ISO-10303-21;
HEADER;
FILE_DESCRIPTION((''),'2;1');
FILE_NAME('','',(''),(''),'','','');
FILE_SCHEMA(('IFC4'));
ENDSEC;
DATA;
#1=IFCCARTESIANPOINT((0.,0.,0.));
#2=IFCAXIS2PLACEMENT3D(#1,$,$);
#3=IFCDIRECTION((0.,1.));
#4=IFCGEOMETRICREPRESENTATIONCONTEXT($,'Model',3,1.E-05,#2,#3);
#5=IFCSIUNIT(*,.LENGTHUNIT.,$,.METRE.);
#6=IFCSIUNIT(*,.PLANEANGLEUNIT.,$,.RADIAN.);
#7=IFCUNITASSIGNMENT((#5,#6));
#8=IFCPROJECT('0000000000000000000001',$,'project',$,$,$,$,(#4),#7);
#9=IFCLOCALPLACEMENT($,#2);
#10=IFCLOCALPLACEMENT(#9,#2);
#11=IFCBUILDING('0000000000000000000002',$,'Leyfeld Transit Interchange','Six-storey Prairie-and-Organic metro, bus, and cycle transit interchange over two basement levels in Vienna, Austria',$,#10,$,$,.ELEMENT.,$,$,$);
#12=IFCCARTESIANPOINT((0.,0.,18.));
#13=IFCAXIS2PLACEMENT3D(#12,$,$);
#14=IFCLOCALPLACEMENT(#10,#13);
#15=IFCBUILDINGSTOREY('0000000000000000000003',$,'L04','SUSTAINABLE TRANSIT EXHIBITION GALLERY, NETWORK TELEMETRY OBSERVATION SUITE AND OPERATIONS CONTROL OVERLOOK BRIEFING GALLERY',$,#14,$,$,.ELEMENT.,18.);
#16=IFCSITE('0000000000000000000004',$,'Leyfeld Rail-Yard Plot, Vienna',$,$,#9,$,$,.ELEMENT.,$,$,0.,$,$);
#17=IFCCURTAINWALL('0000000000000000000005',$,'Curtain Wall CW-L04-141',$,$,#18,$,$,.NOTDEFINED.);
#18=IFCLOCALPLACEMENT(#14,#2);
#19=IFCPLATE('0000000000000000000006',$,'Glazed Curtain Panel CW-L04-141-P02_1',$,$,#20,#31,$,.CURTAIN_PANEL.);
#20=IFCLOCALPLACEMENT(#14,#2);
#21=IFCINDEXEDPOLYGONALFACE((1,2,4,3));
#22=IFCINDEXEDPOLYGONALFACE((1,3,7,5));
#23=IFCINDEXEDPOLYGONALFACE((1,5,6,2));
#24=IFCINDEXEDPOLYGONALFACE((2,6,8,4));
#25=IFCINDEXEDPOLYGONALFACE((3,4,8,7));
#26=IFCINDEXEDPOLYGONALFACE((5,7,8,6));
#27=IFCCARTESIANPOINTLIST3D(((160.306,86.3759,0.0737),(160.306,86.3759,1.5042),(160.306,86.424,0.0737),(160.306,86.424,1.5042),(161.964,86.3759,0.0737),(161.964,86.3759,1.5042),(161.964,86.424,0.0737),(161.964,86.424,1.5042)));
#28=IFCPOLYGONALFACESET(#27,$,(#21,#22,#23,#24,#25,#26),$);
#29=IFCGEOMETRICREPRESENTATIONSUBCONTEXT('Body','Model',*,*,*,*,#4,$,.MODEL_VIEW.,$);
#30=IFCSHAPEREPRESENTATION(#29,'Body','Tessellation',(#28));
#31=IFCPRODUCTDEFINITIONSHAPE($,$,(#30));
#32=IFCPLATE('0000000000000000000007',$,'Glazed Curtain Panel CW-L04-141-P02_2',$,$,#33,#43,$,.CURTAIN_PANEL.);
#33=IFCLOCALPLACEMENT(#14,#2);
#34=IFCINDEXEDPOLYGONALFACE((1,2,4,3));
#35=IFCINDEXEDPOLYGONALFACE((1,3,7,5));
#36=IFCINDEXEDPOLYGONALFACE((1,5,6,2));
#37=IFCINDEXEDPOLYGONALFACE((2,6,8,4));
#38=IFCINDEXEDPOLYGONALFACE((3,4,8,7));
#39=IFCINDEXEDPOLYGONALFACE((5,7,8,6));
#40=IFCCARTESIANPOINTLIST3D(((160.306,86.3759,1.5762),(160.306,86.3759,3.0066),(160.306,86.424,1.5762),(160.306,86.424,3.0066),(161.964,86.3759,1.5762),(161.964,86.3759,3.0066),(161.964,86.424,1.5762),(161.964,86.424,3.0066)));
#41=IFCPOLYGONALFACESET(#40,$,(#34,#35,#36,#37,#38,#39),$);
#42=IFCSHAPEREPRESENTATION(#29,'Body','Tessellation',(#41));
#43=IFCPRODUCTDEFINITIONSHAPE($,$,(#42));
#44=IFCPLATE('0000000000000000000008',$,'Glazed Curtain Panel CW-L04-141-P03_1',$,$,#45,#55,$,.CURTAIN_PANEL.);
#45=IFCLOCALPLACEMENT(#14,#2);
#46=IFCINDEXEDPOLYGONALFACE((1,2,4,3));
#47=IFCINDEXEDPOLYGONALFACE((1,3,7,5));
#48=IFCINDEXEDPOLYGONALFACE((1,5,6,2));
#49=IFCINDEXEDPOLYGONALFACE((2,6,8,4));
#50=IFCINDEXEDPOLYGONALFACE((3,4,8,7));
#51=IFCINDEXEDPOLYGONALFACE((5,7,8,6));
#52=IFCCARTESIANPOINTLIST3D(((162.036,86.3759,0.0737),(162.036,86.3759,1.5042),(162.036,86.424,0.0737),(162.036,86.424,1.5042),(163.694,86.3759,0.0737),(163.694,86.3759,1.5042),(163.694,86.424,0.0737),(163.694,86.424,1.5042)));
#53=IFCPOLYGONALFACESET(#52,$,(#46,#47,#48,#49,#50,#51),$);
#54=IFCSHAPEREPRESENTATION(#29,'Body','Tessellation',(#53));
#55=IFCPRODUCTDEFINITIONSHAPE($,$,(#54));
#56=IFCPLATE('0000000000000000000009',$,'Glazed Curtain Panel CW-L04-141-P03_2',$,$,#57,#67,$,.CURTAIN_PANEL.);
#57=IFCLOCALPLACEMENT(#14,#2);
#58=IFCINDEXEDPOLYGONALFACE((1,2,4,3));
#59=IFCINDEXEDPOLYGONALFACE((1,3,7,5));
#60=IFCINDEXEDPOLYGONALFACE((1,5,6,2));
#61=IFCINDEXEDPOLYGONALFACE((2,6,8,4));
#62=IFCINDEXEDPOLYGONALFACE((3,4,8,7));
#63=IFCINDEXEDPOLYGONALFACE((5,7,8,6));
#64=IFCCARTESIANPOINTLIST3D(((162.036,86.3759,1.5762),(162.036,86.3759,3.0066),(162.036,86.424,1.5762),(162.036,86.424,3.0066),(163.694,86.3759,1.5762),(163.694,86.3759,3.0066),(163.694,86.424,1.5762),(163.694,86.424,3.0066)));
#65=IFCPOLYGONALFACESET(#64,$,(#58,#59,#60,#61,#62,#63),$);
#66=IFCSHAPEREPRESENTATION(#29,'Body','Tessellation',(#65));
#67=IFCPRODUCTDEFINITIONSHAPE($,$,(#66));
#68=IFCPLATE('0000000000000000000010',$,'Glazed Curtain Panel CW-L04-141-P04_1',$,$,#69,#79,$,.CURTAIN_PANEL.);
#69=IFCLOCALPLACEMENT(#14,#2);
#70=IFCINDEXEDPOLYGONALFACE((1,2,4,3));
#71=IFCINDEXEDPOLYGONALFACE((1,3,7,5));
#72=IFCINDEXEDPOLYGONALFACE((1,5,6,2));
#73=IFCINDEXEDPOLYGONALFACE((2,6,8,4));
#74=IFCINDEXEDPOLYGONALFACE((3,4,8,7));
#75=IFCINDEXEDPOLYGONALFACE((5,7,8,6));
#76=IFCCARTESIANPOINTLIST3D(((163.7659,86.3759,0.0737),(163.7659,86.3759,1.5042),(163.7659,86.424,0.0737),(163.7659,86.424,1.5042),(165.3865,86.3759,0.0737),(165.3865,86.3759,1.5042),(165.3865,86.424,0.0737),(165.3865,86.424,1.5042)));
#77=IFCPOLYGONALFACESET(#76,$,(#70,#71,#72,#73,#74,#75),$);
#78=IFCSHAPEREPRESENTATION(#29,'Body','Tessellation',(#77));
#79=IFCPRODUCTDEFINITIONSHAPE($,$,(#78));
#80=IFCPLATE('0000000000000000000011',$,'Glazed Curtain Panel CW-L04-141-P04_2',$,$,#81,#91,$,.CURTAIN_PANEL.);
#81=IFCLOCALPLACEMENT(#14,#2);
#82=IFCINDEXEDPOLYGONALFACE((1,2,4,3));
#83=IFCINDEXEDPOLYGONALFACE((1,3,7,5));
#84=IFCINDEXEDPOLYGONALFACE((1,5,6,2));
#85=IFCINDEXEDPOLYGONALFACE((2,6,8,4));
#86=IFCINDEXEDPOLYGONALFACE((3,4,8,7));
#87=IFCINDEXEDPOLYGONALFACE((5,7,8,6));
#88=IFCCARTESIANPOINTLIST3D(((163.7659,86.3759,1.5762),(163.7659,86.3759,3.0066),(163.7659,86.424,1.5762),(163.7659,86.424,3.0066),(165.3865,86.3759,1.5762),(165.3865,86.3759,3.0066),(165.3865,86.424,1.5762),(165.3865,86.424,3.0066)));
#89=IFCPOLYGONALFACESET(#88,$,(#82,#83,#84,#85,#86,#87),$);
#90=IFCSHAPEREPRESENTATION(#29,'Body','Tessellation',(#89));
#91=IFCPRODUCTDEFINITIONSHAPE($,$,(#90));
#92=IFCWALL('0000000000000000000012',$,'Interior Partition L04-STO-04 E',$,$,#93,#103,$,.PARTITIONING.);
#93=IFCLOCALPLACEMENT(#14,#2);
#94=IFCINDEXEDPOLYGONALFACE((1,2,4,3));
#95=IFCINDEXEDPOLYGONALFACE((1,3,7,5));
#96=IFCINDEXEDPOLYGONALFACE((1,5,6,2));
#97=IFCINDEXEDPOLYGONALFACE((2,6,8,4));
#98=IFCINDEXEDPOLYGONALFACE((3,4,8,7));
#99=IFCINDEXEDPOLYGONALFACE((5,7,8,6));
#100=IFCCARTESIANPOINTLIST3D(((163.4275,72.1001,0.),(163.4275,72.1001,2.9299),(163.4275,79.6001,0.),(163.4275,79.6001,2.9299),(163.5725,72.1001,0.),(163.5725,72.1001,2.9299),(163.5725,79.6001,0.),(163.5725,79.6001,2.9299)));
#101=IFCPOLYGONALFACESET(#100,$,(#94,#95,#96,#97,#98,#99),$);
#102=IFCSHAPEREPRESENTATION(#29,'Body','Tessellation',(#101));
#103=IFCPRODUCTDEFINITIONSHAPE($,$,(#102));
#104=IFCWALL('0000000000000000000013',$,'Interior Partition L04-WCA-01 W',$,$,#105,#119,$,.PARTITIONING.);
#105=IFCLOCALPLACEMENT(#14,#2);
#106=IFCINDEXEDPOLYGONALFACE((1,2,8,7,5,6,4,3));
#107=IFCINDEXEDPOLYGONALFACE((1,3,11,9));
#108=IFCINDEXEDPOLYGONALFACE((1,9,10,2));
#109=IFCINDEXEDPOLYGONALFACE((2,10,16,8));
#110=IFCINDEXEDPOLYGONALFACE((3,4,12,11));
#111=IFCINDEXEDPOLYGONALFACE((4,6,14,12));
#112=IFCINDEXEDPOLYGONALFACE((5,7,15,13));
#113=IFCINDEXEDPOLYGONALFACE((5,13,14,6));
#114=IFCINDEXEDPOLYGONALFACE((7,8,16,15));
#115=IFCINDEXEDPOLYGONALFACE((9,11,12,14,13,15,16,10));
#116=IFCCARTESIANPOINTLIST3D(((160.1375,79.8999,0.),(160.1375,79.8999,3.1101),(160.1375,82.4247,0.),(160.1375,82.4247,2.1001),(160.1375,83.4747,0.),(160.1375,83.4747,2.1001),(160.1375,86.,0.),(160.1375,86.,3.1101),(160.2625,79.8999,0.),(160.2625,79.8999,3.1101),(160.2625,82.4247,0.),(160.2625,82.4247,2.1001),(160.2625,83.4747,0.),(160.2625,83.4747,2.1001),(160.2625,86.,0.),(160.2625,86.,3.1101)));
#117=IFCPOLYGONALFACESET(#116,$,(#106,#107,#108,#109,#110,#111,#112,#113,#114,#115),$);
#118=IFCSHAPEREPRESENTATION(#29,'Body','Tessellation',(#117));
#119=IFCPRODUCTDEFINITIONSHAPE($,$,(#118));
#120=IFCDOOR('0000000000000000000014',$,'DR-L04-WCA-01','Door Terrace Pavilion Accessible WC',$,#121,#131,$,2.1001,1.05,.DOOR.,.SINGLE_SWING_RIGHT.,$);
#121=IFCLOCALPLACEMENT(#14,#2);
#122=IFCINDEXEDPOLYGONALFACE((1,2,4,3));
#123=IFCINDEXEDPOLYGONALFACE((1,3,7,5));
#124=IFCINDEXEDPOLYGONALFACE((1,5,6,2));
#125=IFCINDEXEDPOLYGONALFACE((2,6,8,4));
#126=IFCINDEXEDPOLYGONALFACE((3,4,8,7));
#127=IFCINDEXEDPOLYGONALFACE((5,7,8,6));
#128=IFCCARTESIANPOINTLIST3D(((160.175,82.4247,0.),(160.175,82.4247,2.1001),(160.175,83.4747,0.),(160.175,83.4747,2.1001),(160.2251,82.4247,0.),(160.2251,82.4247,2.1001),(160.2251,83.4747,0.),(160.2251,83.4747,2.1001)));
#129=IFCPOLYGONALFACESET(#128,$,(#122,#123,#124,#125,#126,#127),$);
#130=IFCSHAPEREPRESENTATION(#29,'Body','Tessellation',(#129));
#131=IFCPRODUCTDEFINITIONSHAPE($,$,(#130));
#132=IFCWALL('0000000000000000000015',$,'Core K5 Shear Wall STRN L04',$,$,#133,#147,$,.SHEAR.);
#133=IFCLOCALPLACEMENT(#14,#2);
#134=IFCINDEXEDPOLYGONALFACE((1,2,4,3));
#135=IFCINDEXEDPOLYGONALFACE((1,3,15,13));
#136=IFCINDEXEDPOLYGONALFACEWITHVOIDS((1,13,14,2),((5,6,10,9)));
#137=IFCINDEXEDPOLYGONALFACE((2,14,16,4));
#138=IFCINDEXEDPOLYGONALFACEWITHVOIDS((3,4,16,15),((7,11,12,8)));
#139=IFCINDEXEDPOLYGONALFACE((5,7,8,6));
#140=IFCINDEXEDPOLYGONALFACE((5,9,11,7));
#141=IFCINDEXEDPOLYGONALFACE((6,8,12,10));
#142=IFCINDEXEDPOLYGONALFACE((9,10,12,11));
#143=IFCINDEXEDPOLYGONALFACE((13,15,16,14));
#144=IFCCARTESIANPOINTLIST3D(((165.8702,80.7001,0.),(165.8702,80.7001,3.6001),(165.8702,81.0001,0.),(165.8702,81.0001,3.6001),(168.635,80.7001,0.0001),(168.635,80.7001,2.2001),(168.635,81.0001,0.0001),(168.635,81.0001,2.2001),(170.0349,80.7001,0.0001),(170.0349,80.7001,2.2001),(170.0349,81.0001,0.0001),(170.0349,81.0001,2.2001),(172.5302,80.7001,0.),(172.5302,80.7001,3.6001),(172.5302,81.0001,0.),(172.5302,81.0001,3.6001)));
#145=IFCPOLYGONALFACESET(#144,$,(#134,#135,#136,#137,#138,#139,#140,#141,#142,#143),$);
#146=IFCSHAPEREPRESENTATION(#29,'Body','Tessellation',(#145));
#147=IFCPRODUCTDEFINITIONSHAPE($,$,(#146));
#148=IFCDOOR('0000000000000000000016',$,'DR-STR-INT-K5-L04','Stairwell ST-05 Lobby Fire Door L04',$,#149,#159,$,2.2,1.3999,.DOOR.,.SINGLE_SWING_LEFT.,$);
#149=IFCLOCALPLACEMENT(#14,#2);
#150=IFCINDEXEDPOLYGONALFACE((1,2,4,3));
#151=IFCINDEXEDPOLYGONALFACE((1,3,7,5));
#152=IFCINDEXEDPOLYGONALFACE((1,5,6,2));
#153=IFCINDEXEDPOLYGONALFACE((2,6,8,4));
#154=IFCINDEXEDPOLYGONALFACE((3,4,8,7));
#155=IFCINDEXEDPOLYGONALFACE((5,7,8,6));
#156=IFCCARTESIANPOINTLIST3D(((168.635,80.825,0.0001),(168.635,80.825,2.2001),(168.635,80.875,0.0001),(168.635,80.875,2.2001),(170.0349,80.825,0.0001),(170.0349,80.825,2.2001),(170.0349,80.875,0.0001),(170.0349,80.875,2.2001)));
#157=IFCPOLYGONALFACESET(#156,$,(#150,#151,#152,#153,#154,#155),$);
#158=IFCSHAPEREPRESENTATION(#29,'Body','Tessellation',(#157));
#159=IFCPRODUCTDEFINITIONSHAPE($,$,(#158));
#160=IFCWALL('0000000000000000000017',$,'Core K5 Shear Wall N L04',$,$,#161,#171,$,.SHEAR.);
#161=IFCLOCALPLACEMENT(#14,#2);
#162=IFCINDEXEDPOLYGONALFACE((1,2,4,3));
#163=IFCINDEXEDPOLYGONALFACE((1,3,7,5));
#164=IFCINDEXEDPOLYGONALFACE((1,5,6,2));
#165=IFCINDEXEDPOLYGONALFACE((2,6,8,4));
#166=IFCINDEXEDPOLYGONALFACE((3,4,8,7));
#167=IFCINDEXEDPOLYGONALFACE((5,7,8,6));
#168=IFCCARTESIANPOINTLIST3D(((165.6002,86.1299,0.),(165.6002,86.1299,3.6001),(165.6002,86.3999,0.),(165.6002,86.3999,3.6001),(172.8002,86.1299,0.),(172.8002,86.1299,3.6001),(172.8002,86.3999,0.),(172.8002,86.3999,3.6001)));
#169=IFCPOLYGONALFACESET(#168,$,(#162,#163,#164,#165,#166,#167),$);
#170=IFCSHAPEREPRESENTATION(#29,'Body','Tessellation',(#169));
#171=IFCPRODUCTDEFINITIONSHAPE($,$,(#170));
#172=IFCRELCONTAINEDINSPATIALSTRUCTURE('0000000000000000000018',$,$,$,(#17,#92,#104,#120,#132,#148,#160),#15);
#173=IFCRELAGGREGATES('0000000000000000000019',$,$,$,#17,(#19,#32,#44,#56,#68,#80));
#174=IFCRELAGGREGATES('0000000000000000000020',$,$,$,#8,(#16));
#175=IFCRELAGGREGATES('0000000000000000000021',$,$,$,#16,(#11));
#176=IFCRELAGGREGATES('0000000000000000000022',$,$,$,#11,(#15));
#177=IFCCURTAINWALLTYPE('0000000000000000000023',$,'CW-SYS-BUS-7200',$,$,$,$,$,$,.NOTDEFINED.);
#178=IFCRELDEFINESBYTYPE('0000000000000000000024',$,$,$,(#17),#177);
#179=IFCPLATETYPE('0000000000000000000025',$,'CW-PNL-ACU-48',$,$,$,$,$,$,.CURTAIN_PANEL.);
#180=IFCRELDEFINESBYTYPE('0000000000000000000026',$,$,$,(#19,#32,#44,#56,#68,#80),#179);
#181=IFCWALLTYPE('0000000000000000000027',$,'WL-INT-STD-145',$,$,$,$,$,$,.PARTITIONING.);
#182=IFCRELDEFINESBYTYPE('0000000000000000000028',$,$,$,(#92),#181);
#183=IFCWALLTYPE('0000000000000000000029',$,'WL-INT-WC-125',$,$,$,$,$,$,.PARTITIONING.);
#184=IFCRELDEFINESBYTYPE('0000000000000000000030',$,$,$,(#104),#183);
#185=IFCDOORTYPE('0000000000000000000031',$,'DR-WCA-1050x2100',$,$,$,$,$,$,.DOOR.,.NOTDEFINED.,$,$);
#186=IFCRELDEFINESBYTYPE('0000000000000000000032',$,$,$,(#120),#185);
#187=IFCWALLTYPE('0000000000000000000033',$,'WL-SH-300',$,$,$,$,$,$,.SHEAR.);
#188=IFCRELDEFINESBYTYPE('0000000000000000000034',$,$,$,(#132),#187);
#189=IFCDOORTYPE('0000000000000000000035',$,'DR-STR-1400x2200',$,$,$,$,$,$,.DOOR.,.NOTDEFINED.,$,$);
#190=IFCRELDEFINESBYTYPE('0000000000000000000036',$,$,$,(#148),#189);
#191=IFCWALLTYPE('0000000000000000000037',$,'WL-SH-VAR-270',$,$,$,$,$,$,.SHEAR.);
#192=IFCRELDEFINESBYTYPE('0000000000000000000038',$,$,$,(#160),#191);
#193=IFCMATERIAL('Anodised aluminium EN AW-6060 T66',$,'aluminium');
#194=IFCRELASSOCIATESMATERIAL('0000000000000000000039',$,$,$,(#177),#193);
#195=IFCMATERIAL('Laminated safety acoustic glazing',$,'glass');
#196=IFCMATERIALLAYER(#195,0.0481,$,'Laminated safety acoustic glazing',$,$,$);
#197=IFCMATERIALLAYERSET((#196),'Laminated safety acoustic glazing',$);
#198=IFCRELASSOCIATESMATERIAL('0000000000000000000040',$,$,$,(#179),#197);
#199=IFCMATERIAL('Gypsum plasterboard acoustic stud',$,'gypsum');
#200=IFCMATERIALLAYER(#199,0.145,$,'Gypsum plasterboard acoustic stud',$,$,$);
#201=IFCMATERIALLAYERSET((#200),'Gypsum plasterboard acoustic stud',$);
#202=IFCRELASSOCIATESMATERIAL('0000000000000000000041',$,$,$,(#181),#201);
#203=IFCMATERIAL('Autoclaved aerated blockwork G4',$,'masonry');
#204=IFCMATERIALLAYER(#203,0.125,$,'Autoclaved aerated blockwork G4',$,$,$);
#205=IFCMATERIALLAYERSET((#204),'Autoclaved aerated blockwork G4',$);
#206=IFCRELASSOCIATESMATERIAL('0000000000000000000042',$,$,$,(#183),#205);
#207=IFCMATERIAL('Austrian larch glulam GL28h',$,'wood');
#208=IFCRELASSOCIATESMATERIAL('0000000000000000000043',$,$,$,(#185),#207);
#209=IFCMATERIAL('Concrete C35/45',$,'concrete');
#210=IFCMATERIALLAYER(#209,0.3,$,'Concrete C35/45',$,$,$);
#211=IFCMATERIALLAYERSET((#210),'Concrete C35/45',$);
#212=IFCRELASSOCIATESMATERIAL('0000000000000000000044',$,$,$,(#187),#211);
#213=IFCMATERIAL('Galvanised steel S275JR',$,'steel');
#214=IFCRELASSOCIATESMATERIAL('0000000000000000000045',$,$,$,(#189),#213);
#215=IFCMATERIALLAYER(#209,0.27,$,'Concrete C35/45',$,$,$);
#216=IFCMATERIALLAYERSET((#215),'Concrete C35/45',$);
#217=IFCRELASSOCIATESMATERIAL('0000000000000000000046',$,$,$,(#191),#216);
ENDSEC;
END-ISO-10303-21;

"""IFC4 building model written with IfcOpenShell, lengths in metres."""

from ifc_helpers import new_model, si_unit, direction, frame, frame_2d, origin, origin_2d, place, context, subcontext, project, spatial, rectangle, extrude, material, layer, layer_set, type_object, element, fill, aggregate, save


model = new_model("IFC4")

# Units and contexts
model_context = context("Model", 3, precision=1e-05, world=origin(), true_north=direction((0.0, 1.0)))
body_context = subcontext(model_context, "Body", "Model", "MODEL_VIEW")
ifc_project = project(units=[si_unit("LENGTHUNIT", "METRE"), si_unit("PLANEANGLEUNIT", "RADIAN")], contexts=[model_context])

# Site, building, storey
site_placement = place(None, origin())
site = spatial("IfcSite", under=ifc_project, at=site_placement, Name="Leyfeld Rail-Yard Plot, Vienna", CompositionType="ELEMENT", RefElevation=0.0)
building_placement = place(site_placement, origin())
building = spatial("IfcBuilding", under=site, at=building_placement, Name="Leyfeld Transit Interchange", Description="Six-storey Prairie-and-Organic metro, bus, and cycle transit interchange over two basement levels in Vienna, Austria", CompositionType="ELEMENT")
storey_placement = place(building_placement, frame((0.0, 0.0, 18.0)))
storey = spatial("IfcBuildingStorey", under=building, at=storey_placement, Name="L04", Description="SUSTAINABLE TRANSIT EXHIBITION GALLERY, NETWORK TELEMETRY OBSERVATION SUITE AND OPERATIONS CONTROL OVERLOOK BRIEFING GALLERY", CompositionType="ELEMENT", Elevation=18.0)

# Shared definitions
ifc_material_1 = material(Name="Concrete C35/45", Category="concrete")

# Curtain wall, plates
ifc_material_2 = material(Name="Anodised aluminium EN AW-6060 T66", Category="aluminium")
curtain_wall_type = type_object("IfcCurtainWallType", Name="CW-SYS-BUS-7200", PredefinedType="NOTDEFINED", material=ifc_material_2)
curtain_wall_placement = place(storey_placement, origin())
curtain_wall = element("IfcCurtainWall", 1, at=curtain_wall_placement, inside=storey, type_object=curtain_wall_type, Name="Curtain Wall CW-L04-141", PredefinedType="NOTDEFINED")
ifc_material_3 = material(Name="Laminated safety acoustic glazing", Category="glass")
ifc_layer_1 = layer(ifc_material_3, 0.0481, Name="Laminated safety acoustic glazing")
ifc_layer_set_1 = layer_set([ifc_layer_1], Name="Laminated safety acoustic glazing")
plate_type = type_object("IfcPlateType", Name="CW-PNL-ACU-48", PredefinedType="CURTAIN_PANEL", material=ifc_layer_set_1)
plate_1_placement = place(storey_placement, frame((161.135, 86.3999, 0.0737), z_axis=(0.0, 0.0, 1.0), x_axis=(1.0, 0.0, 0.0)))
plate_1 = element("IfcPlate", 2, at=plate_1_placement, type_object=plate_type, Name="Glazed Curtain Panel CW-L04-141-P02_1", PredefinedType="CURTAIN_PANEL", context=body_context, shape_type="SweptSolid", body=[
    extrude(rectangle(XDim=1.658, YDim=0.0481, at=origin_2d()), origin(), (0.0, 0.0, 1.0), 1.4304),
])
plate_2_placement = place(storey_placement, frame((161.135, 86.3999, 1.5762), z_axis=(0.0, 0.0, 1.0), x_axis=(1.0, 0.0, 0.0)))
plate_2 = element("IfcPlate", 3, at=plate_2_placement, type_object=plate_type, Name="Glazed Curtain Panel CW-L04-141-P02_2", PredefinedType="CURTAIN_PANEL", context=body_context, shape_type="SweptSolid", body=[
    extrude(rectangle(XDim=1.658, YDim=0.0481, at=origin_2d()), origin(), (0.0, 0.0, 1.0), 1.4304),
])
plate_3_placement = place(storey_placement, frame((162.865, 86.3999, 0.0737), z_axis=(0.0, 0.0, 1.0), x_axis=(1.0, 0.0, 0.0)))
plate_3 = element("IfcPlate", 4, at=plate_3_placement, type_object=plate_type, Name="Glazed Curtain Panel CW-L04-141-P03_1", PredefinedType="CURTAIN_PANEL", context=body_context, shape_type="SweptSolid", body=[
    extrude(rectangle(XDim=1.658, YDim=0.0481, at=origin_2d()), origin(), (0.0, 0.0, 1.0), 1.4304),
])
plate_4_placement = place(storey_placement, frame((162.865, 86.3999, 1.5762), z_axis=(0.0, 0.0, 1.0), x_axis=(1.0, 0.0, 0.0)))
plate_4 = element("IfcPlate", 5, at=plate_4_placement, type_object=plate_type, Name="Glazed Curtain Panel CW-L04-141-P03_2", PredefinedType="CURTAIN_PANEL", context=body_context, shape_type="SweptSolid", body=[
    extrude(rectangle(XDim=1.658, YDim=0.0481, at=origin_2d()), origin(), (0.0, 0.0, 1.0), 1.4304),
])
plate_5_placement = place(storey_placement, frame((164.5762, 86.3999, 0.0737), z_axis=(0.0, 0.0, 1.0), x_axis=(1.0, 0.0, 0.0)))
plate_5 = element("IfcPlate", 6, at=plate_5_placement, type_object=plate_type, Name="Glazed Curtain Panel CW-L04-141-P04_1", PredefinedType="CURTAIN_PANEL", context=body_context, shape_type="SweptSolid", body=[
    extrude(rectangle(XDim=1.6206, YDim=0.0481, at=origin_2d()), origin(), (0.0, 0.0, 1.0), 1.4304),
])
plate_6_placement = place(storey_placement, frame((164.5762, 86.3999, 1.5762), z_axis=(0.0, 0.0, 1.0), x_axis=(1.0, 0.0, 0.0)))
plate_6 = element("IfcPlate", 7, at=plate_6_placement, type_object=plate_type, Name="Glazed Curtain Panel CW-L04-141-P04_2", PredefinedType="CURTAIN_PANEL", context=body_context, shape_type="SweptSolid", body=[
    extrude(rectangle(XDim=1.6206, YDim=0.0481, at=origin_2d()), origin(), (0.0, 0.0, 1.0), 1.4304),
])
aggregate(curtain_wall, [plate_1, plate_2, plate_3, plate_4, plate_5, plate_6])

# Wall
ifc_material_4 = material(Name="Gypsum plasterboard acoustic stud", Category="gypsum")
ifc_layer_2 = layer(ifc_material_4, 0.145, Name="Gypsum plasterboard acoustic stud")
ifc_layer_set_2 = layer_set([ifc_layer_2], Name="Gypsum plasterboard acoustic stud")
wall_type_1 = type_object("IfcWallType", Name="WL-INT-STD-145", PredefinedType="PARTITIONING", material=ifc_layer_set_2)
wall_1_placement = place(storey_placement, frame((163.5, 79.6001, 0.0), z_axis=(0.0, 0.0, 1.0), x_axis=(0.0, -1.0, 0.0)))
element("IfcWall", 8, at=wall_1_placement, inside=storey, type_object=wall_type_1, Name="Interior Partition L04-STO-04 E", PredefinedType="PARTITIONING", context=body_context, shape_type="SweptSolid", body=[
    extrude(rectangle(XDim=7.5, YDim=0.145, at=frame_2d((3.75, 0.0))), origin(), (0.0, 0.0, 1.0), 2.9299),
])

# Walls, openings, doors
ifc_material_5 = material(Name="Autoclaved aerated blockwork G4", Category="masonry")
ifc_layer_3 = layer(ifc_material_5, 0.125, Name="Autoclaved aerated blockwork G4")
ifc_layer_set_3 = layer_set([ifc_layer_3], Name="Autoclaved aerated blockwork G4")
wall_type_2 = type_object("IfcWallType", Name="WL-INT-WC-125", PredefinedType="PARTITIONING", material=ifc_layer_set_3)
wall_2_placement = place(storey_placement, frame((160.2, 79.8999, 0.0), z_axis=(0.0, 0.0, 1.0), x_axis=(0.0, 1.0, 0.0)))
wall_2 = element("IfcWall", 9, at=wall_2_placement, inside=storey, type_object=wall_type_2, Name="Interior Partition L04-WCA-01 W", PredefinedType="PARTITIONING", context=body_context, shape_type="SweptSolid", body=[
    extrude(rectangle(XDim=6.1001, YDim=0.125, at=frame_2d((3.05, 0.0))), origin(), (0.0, 0.0, 1.0), 3.1101),
])
opening_1_placement = place(wall_2_placement, frame((2.5249, 0.0, 0.0)))
opening_1 = element("IfcOpeningElement", 10, at=opening_1_placement, cuts=wall_2, PredefinedType="OPENING", context=body_context, shape_type="SweptSolid", body=[
    extrude(rectangle(XDim=1.05, YDim=2.1001, at=frame_2d((0.5249, 1.05))), frame((0.0, 0.0725, 0.0), z_axis=(0.0, -1.0, 0.0), x_axis=(1.0, 0.0, 0.0)), (0.0, 0.0, 1.0), 0.145),
])
ifc_material_6 = material(Name="Austrian larch glulam GL28h", Category="wood")
door_type_1 = type_object("IfcDoorType", Name="DR-WCA-1050x2100", OperationType="NOTDEFINED", PredefinedType="DOOR", material=ifc_material_6)
door_1_placement = place(opening_1_placement, origin())
door_1 = element("IfcDoor", 11, at=door_1_placement, inside=storey, type_object=door_type_1, Name="DR-L04-WCA-01", Description="Door Terrace Pavilion Accessible WC", OperationType="SINGLE_SWING_RIGHT", OverallHeight=2.1001, OverallWidth=1.05, PredefinedType="DOOR", context=body_context, shape_type="SweptSolid", body=[
    extrude(rectangle(XDim=1.05, YDim=2.1001, at=frame_2d((0.5249, 1.05))), frame((0.0, 0.0249, 0.0), z_axis=(0.0, -1.0, 0.0), x_axis=(1.0, 0.0, 0.0)), (0.0, 0.0, 1.0), 0.05),
])
fill(opening_1, door_1)
ifc_layer_4 = layer(ifc_material_1, 0.3, Name="Concrete C35/45")
ifc_layer_set_4 = layer_set([ifc_layer_4], Name="Concrete C35/45")
wall_type_3 = type_object("IfcWallType", Name="WL-SH-300", PredefinedType="SHEAR", material=ifc_layer_set_4)
wall_3_placement = place(storey_placement, frame((165.8701, 80.8501, 0.0), z_axis=(0.0, 0.0, 1.0), x_axis=(1.0, 0.0, 0.0)))
wall_3 = element("IfcWall", 12, at=wall_3_placement, inside=storey, type_object=wall_type_3, Name="Core K5 Shear Wall STRN L04", PredefinedType="SHEAR", context=body_context, shape_type="SweptSolid", body=[
    extrude(rectangle(XDim=6.6599, YDim=0.3, at=frame_2d((3.3301, 0.0))), origin(), (0.0, 0.0, 1.0), 3.6001),
])
opening_2_placement = place(wall_3_placement, frame((2.7649, 0.0, 0.0)))
opening_2 = element("IfcOpeningElement", 13, at=opening_2_placement, cuts=wall_3, PredefinedType="OPENING", context=body_context, shape_type="SweptSolid", body=[
    extrude(rectangle(XDim=1.3999, YDim=2.2, at=frame_2d((0.7, 1.1001))), frame((0.0, 0.1599, 0.0), z_axis=(0.0, -1.0, 0.0), x_axis=(1.0, 0.0, 0.0)), (0.0, 0.0, 1.0), 0.3201),
])
ifc_material_7 = material(Name="Galvanised steel S275JR", Category="steel")
door_type_2 = type_object("IfcDoorType", Name="DR-STR-1400x2200", OperationType="NOTDEFINED", PredefinedType="DOOR", material=ifc_material_7)
door_2_placement = place(opening_2_placement, origin())
door_2 = element("IfcDoor", 14, at=door_2_placement, inside=storey, type_object=door_type_2, Name="DR-STR-INT-K5-L04", Description="Stairwell ST-05 Lobby Fire Door L04", OperationType="SINGLE_SWING_LEFT", OverallHeight=2.2, OverallWidth=1.3999, PredefinedType="DOOR", context=body_context, shape_type="SweptSolid", body=[
    extrude(rectangle(XDim=1.3999, YDim=2.2, at=frame_2d((0.7, 1.1001))), frame((0.0, 0.0249, 0.0), z_axis=(0.0, -1.0, 0.0), x_axis=(1.0, 0.0, 0.0)), (0.0, 0.0, 1.0), 0.05),
])
fill(opening_2, door_2)

# Wall
ifc_layer_5 = layer(ifc_material_1, 0.27, Name="Concrete C35/45")
ifc_layer_set_5 = layer_set([ifc_layer_5], Name="Concrete C35/45")
wall_type_4 = type_object("IfcWallType", Name="WL-SH-VAR-270", PredefinedType="SHEAR", material=ifc_layer_set_5)
wall_4_placement = place(storey_placement, frame((165.6001, 86.2649, 0.0), z_axis=(0.0, 0.0, 1.0), x_axis=(1.0, 0.0, 0.0)))
element("IfcWall", 15, at=wall_4_placement, inside=storey, type_object=wall_type_4, Name="Core K5 Shear Wall N L04", PredefinedType="SHEAR", context=body_context, shape_type="SweptSolid", body=[
    extrude(rectangle(XDim=7.2, YDim=0.27, at=frame_2d((3.6001, 0.0))), origin(), (0.0, 0.0, 1.0), 3.6001),
])

save(model, "model.ifc")
